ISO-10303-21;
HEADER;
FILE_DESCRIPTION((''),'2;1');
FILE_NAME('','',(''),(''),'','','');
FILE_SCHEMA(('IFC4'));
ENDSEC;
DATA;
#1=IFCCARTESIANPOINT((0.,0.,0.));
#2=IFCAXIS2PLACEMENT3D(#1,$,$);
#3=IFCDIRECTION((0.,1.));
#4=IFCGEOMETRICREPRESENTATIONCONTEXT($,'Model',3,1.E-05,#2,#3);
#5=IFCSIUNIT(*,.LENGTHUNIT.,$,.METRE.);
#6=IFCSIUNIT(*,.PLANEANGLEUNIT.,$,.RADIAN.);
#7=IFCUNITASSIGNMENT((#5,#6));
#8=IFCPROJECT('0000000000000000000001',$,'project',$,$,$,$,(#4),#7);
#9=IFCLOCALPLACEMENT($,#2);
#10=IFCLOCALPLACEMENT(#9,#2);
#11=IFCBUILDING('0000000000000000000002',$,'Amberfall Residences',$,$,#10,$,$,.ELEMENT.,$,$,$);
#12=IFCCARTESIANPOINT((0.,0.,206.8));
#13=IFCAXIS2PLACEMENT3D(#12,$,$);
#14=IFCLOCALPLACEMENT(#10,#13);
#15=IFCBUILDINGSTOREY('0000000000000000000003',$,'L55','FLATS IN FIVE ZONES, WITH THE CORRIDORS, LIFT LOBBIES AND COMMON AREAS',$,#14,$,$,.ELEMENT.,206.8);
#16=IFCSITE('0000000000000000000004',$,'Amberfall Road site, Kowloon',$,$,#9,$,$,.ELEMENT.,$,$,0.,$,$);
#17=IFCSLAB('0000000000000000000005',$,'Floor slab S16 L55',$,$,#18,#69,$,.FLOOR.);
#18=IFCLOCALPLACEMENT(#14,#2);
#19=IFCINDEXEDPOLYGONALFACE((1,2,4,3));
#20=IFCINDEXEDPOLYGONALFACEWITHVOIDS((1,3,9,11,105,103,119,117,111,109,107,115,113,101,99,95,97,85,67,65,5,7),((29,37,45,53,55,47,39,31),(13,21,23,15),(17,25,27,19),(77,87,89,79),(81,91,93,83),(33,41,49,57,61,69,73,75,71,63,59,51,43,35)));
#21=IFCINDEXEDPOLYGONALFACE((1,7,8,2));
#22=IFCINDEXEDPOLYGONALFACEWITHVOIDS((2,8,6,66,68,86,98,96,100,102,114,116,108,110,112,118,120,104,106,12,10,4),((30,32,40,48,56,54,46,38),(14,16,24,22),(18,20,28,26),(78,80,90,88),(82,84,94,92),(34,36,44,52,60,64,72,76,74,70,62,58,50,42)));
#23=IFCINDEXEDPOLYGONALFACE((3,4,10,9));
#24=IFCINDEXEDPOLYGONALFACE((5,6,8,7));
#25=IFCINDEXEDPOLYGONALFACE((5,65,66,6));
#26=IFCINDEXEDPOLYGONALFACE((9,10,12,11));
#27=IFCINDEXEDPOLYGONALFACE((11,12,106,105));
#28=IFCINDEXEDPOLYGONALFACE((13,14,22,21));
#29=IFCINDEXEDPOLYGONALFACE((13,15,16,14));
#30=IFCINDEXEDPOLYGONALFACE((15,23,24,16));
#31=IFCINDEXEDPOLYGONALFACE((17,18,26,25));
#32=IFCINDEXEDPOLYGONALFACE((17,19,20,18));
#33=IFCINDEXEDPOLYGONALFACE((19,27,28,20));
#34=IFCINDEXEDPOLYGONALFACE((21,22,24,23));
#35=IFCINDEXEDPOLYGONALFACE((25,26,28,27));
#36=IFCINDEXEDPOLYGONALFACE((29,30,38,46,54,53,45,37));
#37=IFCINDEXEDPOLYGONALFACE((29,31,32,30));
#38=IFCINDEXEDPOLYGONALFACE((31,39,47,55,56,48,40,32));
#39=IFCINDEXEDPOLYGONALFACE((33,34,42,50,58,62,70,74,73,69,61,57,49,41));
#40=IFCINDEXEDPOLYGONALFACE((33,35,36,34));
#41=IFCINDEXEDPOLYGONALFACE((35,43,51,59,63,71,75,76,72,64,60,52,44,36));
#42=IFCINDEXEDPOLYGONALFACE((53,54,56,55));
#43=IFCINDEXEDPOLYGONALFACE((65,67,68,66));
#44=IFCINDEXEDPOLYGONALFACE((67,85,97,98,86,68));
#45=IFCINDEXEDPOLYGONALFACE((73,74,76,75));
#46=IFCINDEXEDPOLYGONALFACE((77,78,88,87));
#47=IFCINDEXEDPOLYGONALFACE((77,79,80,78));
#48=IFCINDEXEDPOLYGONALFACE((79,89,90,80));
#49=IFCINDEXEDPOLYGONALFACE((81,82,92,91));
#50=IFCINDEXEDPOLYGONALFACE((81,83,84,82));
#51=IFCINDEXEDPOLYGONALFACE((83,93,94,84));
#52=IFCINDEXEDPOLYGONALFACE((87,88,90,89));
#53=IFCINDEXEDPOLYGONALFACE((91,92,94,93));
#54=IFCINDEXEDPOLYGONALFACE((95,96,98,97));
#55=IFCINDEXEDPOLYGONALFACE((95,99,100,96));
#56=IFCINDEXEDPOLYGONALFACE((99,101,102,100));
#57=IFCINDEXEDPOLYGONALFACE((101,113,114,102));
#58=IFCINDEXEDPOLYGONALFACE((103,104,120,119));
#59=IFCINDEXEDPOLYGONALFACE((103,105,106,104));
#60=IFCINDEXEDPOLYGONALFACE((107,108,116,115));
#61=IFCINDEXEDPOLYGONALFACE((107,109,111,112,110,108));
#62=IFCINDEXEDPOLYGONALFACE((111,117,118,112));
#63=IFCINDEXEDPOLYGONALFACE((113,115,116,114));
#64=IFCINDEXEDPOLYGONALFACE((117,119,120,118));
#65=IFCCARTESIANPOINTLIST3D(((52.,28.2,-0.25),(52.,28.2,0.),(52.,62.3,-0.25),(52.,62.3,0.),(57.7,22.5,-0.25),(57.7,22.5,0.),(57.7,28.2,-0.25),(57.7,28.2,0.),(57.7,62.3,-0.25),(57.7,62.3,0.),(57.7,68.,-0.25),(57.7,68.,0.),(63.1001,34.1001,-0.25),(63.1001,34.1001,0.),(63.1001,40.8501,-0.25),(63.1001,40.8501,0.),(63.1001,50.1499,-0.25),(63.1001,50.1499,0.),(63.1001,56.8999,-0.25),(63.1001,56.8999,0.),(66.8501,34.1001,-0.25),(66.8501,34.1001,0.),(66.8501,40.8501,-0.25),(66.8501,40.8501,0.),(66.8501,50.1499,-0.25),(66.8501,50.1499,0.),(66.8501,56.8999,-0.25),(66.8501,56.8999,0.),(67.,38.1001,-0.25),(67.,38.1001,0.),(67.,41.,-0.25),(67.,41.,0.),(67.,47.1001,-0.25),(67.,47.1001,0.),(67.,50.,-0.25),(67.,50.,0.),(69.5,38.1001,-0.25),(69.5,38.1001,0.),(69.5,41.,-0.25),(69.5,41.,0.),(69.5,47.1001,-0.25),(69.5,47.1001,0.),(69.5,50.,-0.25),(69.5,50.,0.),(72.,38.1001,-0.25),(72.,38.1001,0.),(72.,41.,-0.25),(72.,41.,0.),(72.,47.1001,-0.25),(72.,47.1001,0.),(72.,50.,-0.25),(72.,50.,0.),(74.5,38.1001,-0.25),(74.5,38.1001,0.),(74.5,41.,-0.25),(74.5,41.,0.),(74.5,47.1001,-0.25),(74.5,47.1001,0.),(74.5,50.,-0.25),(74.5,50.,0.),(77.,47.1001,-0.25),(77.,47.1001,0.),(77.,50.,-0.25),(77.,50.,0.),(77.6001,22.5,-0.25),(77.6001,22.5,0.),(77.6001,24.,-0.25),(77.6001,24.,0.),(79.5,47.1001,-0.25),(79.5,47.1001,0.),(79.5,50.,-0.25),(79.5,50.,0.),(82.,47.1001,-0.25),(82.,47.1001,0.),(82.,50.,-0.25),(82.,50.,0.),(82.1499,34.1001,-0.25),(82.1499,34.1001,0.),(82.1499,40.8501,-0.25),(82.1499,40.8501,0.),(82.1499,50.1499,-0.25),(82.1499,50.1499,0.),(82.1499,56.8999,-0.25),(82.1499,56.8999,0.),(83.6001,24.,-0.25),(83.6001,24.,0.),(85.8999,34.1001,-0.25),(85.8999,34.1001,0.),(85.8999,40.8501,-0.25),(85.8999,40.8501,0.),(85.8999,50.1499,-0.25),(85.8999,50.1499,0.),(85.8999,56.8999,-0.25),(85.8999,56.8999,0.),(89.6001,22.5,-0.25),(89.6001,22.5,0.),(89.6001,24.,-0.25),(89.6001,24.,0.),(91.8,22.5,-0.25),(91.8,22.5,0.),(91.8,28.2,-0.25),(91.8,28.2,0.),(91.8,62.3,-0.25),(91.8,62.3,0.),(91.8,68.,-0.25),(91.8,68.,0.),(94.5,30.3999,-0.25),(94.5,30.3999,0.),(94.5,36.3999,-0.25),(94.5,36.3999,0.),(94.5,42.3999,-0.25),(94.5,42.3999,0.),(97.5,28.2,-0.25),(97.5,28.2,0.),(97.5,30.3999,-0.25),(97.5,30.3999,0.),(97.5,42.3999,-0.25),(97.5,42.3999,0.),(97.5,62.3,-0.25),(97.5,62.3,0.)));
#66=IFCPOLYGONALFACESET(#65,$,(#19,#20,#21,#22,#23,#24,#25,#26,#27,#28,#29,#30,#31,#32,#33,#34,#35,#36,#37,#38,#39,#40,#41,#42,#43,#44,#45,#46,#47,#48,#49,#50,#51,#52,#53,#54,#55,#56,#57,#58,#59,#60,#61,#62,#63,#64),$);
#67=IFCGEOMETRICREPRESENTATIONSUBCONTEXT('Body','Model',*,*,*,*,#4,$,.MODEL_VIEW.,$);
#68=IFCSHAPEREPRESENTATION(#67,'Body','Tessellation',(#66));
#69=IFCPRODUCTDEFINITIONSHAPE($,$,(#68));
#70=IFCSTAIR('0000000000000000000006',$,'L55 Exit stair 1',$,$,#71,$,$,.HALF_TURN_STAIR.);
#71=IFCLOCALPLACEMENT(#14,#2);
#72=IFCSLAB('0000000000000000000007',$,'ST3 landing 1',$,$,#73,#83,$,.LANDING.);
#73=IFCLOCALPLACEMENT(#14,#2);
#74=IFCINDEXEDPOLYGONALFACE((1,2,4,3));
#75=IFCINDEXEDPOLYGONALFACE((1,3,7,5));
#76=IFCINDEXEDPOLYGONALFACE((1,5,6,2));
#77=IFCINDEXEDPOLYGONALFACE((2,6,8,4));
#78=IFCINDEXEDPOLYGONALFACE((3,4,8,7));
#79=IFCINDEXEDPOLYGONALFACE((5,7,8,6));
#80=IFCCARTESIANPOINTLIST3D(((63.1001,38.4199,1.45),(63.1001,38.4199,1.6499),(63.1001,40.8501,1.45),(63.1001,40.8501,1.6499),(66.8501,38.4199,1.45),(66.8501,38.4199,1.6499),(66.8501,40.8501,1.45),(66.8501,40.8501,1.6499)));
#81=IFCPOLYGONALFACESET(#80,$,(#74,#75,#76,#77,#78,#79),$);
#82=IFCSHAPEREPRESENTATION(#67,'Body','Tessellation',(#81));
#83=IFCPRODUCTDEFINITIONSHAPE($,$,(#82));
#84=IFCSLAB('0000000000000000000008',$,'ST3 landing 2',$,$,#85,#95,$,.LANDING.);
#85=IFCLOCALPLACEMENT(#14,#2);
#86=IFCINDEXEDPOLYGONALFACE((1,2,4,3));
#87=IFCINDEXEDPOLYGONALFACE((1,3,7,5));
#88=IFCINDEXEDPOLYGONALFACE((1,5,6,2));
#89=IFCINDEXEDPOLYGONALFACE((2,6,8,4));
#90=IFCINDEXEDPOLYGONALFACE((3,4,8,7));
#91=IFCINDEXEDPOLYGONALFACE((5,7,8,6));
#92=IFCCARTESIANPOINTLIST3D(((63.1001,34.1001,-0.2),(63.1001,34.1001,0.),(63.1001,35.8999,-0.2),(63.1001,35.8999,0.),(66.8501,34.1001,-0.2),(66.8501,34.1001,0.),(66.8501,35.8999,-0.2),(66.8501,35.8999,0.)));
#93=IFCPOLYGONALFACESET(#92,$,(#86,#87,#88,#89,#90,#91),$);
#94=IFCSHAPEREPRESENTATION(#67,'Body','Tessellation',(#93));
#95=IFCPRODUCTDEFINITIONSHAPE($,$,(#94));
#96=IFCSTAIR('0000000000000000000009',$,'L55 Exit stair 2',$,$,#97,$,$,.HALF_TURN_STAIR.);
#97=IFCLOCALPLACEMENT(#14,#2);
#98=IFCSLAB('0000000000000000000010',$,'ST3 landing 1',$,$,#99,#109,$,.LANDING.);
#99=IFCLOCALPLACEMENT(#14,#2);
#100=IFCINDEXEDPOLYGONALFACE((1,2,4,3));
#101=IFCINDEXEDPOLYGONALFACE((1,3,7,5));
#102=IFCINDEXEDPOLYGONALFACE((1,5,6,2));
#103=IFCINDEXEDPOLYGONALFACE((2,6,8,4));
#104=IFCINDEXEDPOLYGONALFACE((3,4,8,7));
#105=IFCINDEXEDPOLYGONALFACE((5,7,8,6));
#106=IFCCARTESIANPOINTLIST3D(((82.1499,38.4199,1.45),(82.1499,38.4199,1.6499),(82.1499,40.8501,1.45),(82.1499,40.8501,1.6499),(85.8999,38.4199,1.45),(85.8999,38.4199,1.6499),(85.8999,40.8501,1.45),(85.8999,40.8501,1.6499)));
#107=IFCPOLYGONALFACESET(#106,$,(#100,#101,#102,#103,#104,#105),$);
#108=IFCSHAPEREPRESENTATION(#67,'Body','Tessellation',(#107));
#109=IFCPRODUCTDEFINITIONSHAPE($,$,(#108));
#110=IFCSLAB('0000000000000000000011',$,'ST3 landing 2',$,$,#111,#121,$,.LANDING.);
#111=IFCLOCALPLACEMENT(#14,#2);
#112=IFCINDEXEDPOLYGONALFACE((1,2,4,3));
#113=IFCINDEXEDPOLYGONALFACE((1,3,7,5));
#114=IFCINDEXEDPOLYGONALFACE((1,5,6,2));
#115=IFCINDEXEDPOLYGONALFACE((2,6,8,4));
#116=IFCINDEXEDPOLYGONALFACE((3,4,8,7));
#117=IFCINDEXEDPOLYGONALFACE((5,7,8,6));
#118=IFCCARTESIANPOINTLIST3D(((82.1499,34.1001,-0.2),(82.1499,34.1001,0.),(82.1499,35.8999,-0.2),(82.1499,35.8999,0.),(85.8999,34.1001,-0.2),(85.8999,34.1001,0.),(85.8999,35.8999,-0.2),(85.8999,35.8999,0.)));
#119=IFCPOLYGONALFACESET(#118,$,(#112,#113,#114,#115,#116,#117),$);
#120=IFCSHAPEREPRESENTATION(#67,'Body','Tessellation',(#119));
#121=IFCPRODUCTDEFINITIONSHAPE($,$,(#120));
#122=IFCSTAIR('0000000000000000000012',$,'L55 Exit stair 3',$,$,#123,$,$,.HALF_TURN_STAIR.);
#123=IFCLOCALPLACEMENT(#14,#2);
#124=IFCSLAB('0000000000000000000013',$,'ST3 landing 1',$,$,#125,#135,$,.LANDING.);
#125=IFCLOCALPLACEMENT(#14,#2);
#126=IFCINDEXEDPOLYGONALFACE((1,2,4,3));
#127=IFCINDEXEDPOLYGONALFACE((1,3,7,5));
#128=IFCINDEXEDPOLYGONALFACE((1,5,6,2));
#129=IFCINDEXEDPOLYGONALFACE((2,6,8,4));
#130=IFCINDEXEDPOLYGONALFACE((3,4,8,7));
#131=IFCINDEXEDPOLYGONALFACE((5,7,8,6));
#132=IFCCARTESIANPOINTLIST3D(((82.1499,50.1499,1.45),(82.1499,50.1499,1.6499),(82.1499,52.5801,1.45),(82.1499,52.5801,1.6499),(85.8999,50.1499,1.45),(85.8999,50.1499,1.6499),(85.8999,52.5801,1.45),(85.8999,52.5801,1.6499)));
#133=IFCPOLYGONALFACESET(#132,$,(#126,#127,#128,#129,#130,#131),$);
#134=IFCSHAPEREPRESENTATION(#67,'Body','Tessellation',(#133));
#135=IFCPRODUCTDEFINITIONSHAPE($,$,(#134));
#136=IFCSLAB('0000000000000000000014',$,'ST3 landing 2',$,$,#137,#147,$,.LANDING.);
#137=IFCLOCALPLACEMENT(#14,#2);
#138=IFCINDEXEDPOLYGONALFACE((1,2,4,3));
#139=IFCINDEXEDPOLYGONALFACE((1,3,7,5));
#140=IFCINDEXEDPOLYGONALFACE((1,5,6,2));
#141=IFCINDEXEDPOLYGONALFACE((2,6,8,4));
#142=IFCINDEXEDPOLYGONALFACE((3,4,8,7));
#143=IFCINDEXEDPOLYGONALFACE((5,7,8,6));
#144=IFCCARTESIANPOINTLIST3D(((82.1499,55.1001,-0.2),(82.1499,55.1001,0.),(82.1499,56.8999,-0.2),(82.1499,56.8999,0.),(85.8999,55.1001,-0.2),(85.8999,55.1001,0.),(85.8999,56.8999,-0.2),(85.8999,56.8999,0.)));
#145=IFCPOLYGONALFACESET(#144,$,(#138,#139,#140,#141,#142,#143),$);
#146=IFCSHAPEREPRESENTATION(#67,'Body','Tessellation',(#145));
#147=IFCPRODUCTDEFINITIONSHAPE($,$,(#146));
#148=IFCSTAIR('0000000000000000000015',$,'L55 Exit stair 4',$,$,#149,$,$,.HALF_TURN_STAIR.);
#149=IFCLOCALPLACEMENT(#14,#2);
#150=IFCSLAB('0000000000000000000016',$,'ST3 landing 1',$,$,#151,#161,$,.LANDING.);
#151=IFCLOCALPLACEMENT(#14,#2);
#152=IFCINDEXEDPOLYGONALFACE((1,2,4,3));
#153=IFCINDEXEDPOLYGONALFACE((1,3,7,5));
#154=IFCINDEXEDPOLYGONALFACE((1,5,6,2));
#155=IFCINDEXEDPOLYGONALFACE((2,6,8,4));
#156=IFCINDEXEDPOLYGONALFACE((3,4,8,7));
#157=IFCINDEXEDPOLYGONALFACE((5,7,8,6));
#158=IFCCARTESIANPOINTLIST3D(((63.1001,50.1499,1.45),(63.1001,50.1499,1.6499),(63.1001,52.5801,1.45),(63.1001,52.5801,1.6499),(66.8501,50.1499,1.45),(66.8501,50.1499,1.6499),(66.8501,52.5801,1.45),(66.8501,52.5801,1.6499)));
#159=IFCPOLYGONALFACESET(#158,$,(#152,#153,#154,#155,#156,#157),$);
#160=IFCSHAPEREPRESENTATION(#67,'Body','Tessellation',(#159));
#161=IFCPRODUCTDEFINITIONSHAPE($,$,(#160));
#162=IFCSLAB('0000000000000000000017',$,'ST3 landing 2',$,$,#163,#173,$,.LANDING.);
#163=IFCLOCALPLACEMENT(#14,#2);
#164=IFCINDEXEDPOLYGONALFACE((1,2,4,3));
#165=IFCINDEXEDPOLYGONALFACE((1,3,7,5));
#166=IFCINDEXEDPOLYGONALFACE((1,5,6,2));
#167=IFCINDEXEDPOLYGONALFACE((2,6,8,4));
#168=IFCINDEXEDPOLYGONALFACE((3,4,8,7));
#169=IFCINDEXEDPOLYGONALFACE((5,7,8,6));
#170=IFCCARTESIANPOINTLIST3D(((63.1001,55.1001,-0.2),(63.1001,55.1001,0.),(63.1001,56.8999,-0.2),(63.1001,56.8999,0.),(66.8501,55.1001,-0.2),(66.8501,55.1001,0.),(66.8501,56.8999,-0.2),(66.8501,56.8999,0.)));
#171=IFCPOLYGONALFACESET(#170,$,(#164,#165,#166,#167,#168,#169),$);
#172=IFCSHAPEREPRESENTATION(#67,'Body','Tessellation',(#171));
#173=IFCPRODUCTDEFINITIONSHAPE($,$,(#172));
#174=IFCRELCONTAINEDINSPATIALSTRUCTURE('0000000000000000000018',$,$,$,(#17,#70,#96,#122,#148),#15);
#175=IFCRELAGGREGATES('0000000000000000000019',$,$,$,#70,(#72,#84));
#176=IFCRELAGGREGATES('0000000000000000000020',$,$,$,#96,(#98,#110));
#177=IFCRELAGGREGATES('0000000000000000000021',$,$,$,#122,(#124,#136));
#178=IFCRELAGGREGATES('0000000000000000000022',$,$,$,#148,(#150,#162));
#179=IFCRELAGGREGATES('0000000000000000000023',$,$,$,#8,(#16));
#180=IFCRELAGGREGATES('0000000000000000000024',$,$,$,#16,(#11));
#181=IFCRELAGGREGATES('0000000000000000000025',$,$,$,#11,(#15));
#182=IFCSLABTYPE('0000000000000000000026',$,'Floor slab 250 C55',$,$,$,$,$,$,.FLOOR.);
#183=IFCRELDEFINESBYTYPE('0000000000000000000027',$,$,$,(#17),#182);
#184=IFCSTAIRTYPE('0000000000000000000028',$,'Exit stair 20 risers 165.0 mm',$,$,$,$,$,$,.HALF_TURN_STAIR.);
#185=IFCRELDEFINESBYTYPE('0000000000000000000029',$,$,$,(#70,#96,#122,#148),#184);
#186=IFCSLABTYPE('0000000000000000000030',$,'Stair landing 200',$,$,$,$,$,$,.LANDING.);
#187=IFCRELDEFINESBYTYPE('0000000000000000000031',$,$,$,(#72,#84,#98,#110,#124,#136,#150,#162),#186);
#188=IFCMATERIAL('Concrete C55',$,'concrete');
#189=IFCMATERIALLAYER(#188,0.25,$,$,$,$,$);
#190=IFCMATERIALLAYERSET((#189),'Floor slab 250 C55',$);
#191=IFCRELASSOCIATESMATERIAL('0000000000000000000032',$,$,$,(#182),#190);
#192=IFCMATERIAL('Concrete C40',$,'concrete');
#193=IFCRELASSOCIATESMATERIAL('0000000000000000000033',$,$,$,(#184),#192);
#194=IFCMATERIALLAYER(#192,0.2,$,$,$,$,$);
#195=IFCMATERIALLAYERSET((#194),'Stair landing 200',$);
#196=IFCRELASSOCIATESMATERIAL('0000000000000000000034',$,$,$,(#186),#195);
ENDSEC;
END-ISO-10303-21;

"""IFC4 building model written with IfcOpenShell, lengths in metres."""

from ifc_helpers import new_model, si_unit, direction, frame, origin, place, context, subcontext, project, spatial, polyline, outline, extrude, material, layer, layer_set, type_object, element, aggregate, save


model = new_model("IFC4")

# Units and contexts
model_context = context("Model", 3, precision=1e-05, world=origin(), true_north=direction((0.0, 1.0)))
body_context = subcontext(model_context, "Body", "Model", "MODEL_VIEW")
ifc_project = project(units=[si_unit("LENGTHUNIT", "METRE"), si_unit("PLANEANGLEUNIT", "RADIAN")], contexts=[model_context])

# Site, building, storey
site_placement = place(None, origin())
site = spatial("IfcSite", under=ifc_project, at=site_placement, Name="Amberfall Road site, Kowloon", CompositionType="ELEMENT", RefElevation=0.0)
building_placement = place(site_placement, origin())
building = spatial("IfcBuilding", under=site, at=building_placement, Name="Amberfall Residences", CompositionType="ELEMENT")
storey_placement = place(building_placement, frame((0.0, 0.0, 206.8)))
storey = spatial("IfcBuildingStorey", under=building, at=storey_placement, Name="L55", Description="FLATS IN FIVE ZONES, WITH THE CORRIDORS, LIFT LOBBIES AND COMMON AREAS", CompositionType="ELEMENT", Elevation=206.8)

# Slab
ifc_material_1 = material(Name="Concrete C55", Category="concrete")
ifc_layer_1 = layer(ifc_material_1, 0.25)
ifc_layer_set_1 = layer_set([ifc_layer_1], Name="Floor slab 250 C55")
slab_type_1 = type_object("IfcSlabType", Name="Floor slab 250 C55", PredefinedType="FLOOR", material=ifc_layer_set_1)
slab_1_placement = place(storey_placement, frame((0.0, 0.0, -0.25)))
element("IfcSlab", 1, at=slab_1_placement, inside=storey, type_object=slab_type_1, Name="Floor slab S16 L55", PredefinedType="FLOOR", context=body_context, shape_type="SweptSolid", body=[
    extrude(outline(polyline([(89.6001, 22.5), (89.6001, 24.0), (83.6001, 24.0), (77.6001, 24.0), (77.6001, 22.5), (57.7, 22.5), (57.7, 28.2), (52.0, 28.2), (52.0, 62.3), (57.7, 62.3), (57.7, 68.0), (91.8, 68.0), (91.8, 62.3), (97.5, 62.3), (97.5, 42.3999), (94.5, 42.3999), (94.5, 36.3999), (94.5, 30.3999), (97.5, 30.3999), (97.5, 28.2), (91.8, 28.2), (91.8, 22.5), (89.6001, 22.5)]), holes=[polyline([(85.8999, 34.1001), (85.8999, 40.8501), (82.1499, 40.8501), (82.1499, 34.1001), (85.8999, 34.1001)]), polyline([(85.8999, 50.1499), (85.8999, 56.8999), (82.1499, 56.8999), (82.1499, 50.1499), (85.8999, 50.1499)]), polyline([(67.0, 50.0), (67.0, 47.1001), (69.5, 47.1001), (72.0, 47.1001), (74.5, 47.1001), (77.0, 47.1001), (79.5, 47.1001), (82.0, 47.1001), (82.0, 50.0), (79.5, 50.0), (77.0, 50.0), (74.5, 50.0), (72.0, 50.0), (69.5, 50.0), (67.0, 50.0)]), polyline([(69.5, 41.0), (67.0, 41.0), (67.0, 38.1001), (69.5, 38.1001), (72.0, 38.1001), (74.5, 38.1001), (74.5, 41.0), (72.0, 41.0), (69.5, 41.0)]), polyline([(66.8501, 40.8501), (63.1001, 40.8501), (63.1001, 34.1001), (66.8501, 34.1001), (66.8501, 40.8501)]), polyline([(66.8501, 56.8999), (63.1001, 56.8999), (63.1001, 50.1499), (66.8501, 50.1499), (66.8501, 56.8999)])]), origin(), (0.0, 0.0, 1.0), 0.25),
])

# Stairs, slabs
ifc_material_2 = material(Name="Concrete C40", Category="concrete")
stair_type = type_object("IfcStairType", Name="Exit stair 20 risers 165.0 mm", PredefinedType="HALF_TURN_STAIR", material=ifc_material_2)
stair_1_placement = place(storey_placement, origin())
stair_1 = element("IfcStair", 2, at=stair_1_placement, inside=storey, type_object=stair_type, Name="L55 Exit stair 1", PredefinedType="HALF_TURN_STAIR")
ifc_layer_2 = layer(ifc_material_2, 0.2)
ifc_layer_set_2 = layer_set([ifc_layer_2], Name="Stair landing 200")
slab_type_2 = type_object("IfcSlabType", Name="Stair landing 200", PredefinedType="LANDING", material=ifc_layer_set_2)
slab_2_placement = place(storey_placement, frame((0.0, 0.0, 1.45)))
slab_2 = element("IfcSlab", 3, at=slab_2_placement, type_object=slab_type_2, Name="ST3 landing 1", PredefinedType="LANDING", context=body_context, shape_type="SweptSolid", body=[
    extrude(outline(polyline([(66.8501, 38.4199), (66.8501, 40.8501), (63.1001, 40.8501), (63.1001, 38.4199), (66.8501, 38.4199)])), origin(), (0.0, 0.0, 1.0), 0.2),
])
slab_3_placement = place(storey_placement, frame((0.0, 0.0, -0.2)))
slab_3 = element("IfcSlab", 4, at=slab_3_placement, type_object=slab_type_2, Name="ST3 landing 2", PredefinedType="LANDING", context=body_context, shape_type="SweptSolid", body=[
    extrude(outline(polyline([(66.8501, 34.1001), (66.8501, 35.8999), (63.1001, 35.8999), (63.1001, 34.1001), (66.8501, 34.1001)])), origin(), (0.0, 0.0, 1.0), 0.2),
])
aggregate(stair_1, [slab_2, slab_3])
stair_2_placement = place(storey_placement, origin())
stair_2 = element("IfcStair", 5, at=stair_2_placement, inside=storey, type_object=stair_type, Name="L55 Exit stair 2", PredefinedType="HALF_TURN_STAIR")
slab_4_placement = place(storey_placement, frame((0.0, 0.0, 1.45)))
slab_4 = element("IfcSlab", 6, at=slab_4_placement, type_object=slab_type_2, Name="ST3 landing 1", PredefinedType="LANDING", context=body_context, shape_type="SweptSolid", body=[
    extrude(outline(polyline([(85.8999, 38.4199), (85.8999, 40.8501), (82.1499, 40.8501), (82.1499, 38.4199), (85.8999, 38.4199)])), origin(), (0.0, 0.0, 1.0), 0.2),
])
slab_5_placement = place(storey_placement, frame((0.0, 0.0, -0.2)))
slab_5 = element("IfcSlab", 7, at=slab_5_placement, type_object=slab_type_2, Name="ST3 landing 2", PredefinedType="LANDING", context=body_context, shape_type="SweptSolid", body=[
    extrude(outline(polyline([(85.8999, 34.1001), (85.8999, 35.8999), (82.1499, 35.8999), (82.1499, 34.1001), (85.8999, 34.1001)])), origin(), (0.0, 0.0, 1.0), 0.2),
])
aggregate(stair_2, [slab_4, slab_5])
stair_3_placement = place(storey_placement, origin())
stair_3 = element("IfcStair", 8, at=stair_3_placement, inside=storey, type_object=stair_type, Name="L55 Exit stair 3", PredefinedType="HALF_TURN_STAIR")
slab_6_placement = place(storey_placement, frame((0.0, 0.0, 1.45)))
slab_6 = element("IfcSlab", 9, at=slab_6_placement, type_object=slab_type_2, Name="ST3 landing 1", PredefinedType="LANDING", context=body_context, shape_type="SweptSolid", body=[
    extrude(outline(polyline([(82.1499, 52.5801), (82.1499, 50.1499), (85.8999, 50.1499), (85.8999, 52.5801), (82.1499, 52.5801)])), origin(), (0.0, 0.0, 1.0), 0.2),
])
slab_7_placement = place(storey_placement, frame((0.0, 0.0, -0.2)))
slab_7 = element("IfcSlab", 10, at=slab_7_placement, type_object=slab_type_2, Name="ST3 landing 2", PredefinedType="LANDING", context=body_context, shape_type="SweptSolid", body=[
    extrude(outline(polyline([(82.1499, 56.8999), (82.1499, 55.1001), (85.8999, 55.1001), (85.8999, 56.8999), (82.1499, 56.8999)])), origin(), (0.0, 0.0, 1.0), 0.2),
])
aggregate(stair_3, [slab_6, slab_7])
stair_4_placement = place(storey_placement, origin())
stair_4 = element("IfcStair", 11, at=stair_4_placement, inside=storey, type_object=stair_type, Name="L55 Exit stair 4", PredefinedType="HALF_TURN_STAIR")
slab_8_placement = place(storey_placement, frame((0.0, 0.0, 1.45)))
slab_8 = element("IfcSlab", 12, at=slab_8_placement, type_object=slab_type_2, Name="ST3 landing 1", PredefinedType="LANDING", context=body_context, shape_type="SweptSolid", body=[
    extrude(outline(polyline([(63.1001, 52.5801), (63.1001, 50.1499), (66.8501, 50.1499), (66.8501, 52.5801), (63.1001, 52.5801)])), origin(), (0.0, 0.0, 1.0), 0.2),
])
slab_9_placement = place(storey_placement, frame((0.0, 0.0, -0.2)))
slab_9 = element("IfcSlab", 13, at=slab_9_placement, type_object=slab_type_2, Name="ST3 landing 2", PredefinedType="LANDING", context=body_context, shape_type="SweptSolid", body=[
    extrude(outline(polyline([(63.1001, 56.8999), (63.1001, 55.1001), (66.8501, 55.1001), (66.8501, 56.8999), (63.1001, 56.8999)])), origin(), (0.0, 0.0, 1.0), 0.2),
])
aggregate(stair_4, [slab_8, slab_9])

save(model, "model.ifc")
